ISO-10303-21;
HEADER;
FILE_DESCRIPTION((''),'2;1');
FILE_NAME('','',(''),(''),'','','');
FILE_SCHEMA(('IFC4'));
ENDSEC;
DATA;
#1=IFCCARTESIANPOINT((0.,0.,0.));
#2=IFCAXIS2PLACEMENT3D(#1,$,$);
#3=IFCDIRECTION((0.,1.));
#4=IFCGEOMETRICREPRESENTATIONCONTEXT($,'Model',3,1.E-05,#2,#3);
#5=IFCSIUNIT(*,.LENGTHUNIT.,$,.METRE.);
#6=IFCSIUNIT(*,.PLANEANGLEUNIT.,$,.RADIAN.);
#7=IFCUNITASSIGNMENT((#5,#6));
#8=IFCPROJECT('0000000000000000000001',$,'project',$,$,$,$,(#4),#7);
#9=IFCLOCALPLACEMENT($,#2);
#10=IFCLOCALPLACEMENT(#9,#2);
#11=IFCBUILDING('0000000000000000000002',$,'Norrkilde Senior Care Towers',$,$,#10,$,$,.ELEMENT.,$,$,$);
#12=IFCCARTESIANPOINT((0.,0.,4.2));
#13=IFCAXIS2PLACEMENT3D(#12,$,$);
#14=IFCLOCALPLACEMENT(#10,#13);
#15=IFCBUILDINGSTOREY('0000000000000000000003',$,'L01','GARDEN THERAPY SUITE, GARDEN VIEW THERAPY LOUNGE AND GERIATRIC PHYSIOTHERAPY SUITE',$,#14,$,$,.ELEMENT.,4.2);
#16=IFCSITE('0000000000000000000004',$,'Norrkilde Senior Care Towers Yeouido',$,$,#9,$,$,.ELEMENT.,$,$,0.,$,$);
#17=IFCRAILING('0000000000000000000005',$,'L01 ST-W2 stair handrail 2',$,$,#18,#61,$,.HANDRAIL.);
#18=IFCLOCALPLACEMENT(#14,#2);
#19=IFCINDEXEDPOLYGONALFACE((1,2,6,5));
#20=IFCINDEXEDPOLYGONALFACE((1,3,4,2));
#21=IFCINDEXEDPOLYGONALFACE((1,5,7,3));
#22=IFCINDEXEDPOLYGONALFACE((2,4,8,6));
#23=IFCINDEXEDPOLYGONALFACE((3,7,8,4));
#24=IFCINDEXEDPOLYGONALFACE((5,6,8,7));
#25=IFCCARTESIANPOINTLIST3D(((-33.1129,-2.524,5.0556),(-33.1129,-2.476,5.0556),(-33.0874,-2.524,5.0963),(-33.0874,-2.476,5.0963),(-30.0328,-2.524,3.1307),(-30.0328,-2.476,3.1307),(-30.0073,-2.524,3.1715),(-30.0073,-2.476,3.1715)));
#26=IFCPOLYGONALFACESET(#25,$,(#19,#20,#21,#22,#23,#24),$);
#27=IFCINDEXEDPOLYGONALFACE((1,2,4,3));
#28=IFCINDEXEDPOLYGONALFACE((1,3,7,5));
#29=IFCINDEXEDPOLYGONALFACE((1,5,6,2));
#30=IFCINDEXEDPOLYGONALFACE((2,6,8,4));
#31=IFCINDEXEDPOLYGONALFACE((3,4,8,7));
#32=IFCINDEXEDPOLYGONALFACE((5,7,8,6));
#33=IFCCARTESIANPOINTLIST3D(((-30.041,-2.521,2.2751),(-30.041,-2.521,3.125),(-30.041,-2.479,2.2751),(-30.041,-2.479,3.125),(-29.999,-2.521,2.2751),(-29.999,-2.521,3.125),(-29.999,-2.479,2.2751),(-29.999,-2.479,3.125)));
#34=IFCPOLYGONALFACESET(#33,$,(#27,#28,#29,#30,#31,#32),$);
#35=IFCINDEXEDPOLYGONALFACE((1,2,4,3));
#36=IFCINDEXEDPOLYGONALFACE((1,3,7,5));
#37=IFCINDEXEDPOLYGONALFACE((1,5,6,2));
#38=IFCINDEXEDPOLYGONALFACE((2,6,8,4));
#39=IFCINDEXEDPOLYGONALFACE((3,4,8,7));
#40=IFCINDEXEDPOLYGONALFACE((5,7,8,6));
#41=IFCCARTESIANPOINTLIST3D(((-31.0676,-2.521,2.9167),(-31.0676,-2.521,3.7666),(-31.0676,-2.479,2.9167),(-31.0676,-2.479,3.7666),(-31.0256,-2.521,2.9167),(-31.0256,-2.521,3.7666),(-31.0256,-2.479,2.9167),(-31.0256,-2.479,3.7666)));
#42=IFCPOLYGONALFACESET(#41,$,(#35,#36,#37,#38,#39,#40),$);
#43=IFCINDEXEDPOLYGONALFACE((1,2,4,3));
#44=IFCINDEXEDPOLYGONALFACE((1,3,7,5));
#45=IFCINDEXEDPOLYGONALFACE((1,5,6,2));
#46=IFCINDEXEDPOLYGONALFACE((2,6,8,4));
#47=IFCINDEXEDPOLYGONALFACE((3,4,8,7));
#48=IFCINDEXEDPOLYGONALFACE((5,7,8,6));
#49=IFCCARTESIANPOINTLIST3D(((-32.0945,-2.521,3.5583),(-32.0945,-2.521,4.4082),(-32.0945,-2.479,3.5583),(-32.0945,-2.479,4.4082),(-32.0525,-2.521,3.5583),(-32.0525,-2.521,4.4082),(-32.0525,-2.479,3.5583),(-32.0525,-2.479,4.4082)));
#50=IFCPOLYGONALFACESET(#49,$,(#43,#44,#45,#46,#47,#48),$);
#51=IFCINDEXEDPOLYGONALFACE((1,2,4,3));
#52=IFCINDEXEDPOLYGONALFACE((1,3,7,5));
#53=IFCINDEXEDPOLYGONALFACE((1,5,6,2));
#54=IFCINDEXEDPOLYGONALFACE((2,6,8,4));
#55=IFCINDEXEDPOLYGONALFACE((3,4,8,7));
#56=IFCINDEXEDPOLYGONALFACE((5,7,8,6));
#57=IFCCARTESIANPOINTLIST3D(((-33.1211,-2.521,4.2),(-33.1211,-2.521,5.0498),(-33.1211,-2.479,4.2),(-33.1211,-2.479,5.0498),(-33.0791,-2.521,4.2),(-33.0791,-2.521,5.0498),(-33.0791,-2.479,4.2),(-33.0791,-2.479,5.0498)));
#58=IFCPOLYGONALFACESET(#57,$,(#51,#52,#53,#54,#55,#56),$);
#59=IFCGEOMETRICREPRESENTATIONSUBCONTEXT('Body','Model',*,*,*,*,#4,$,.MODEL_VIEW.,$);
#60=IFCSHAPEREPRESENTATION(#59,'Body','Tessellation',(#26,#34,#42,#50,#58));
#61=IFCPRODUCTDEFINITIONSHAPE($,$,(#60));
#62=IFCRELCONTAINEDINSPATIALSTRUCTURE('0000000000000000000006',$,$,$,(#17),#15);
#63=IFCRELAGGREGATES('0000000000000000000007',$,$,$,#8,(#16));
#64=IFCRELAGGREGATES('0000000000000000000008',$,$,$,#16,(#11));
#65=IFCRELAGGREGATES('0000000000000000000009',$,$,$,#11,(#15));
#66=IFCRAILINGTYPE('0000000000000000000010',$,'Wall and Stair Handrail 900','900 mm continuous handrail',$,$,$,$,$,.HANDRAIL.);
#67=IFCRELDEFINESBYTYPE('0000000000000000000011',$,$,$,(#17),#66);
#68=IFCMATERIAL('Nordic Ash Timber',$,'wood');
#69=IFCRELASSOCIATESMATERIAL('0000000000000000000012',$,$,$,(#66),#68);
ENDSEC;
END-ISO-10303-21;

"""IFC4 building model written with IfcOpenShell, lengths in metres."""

from ifc_helpers import new_model, si_unit, direction, frame, origin, origin_2d, place, context, subcontext, project, spatial, rectangle, extrude, material, type_object, element, save


model = new_model("IFC4")

# Units and contexts
model_context = context("Model", 3, precision=1e-05, world=origin(), true_north=direction((0.0, 1.0)))
body_context = subcontext(model_context, "Body", "Model", "MODEL_VIEW")
ifc_project = project(units=[si_unit("LENGTHUNIT", "METRE"), si_unit("PLANEANGLEUNIT", "RADIAN")], contexts=[model_context])

# Site, building, storey
site_placement = place(None, origin())
site = spatial("IfcSite", under=ifc_project, at=site_placement, Name="Norrkilde Senior Care Towers Yeouido", CompositionType="ELEMENT", RefElevation=0.0)
building_placement = place(site_placement, origin())
building = spatial("IfcBuilding", under=site, at=building_placement, Name="Norrkilde Senior Care Towers", CompositionType="ELEMENT")
storey_placement = place(building_placement, frame((0.0, 0.0, 4.2)))
storey = spatial("IfcBuildingStorey", under=building, at=storey_placement, Name="L01", Description="GARDEN THERAPY SUITE, GARDEN VIEW THERAPY LOUNGE AND GERIATRIC PHYSIOTHERAPY SUITE", CompositionType="ELEMENT", Elevation=4.2)

# Railing
ifc_material_1 = material(Name="Nordic Ash Timber", Category="wood")
railing_type_1 = type_object("IfcRailingType", Name="Wall and Stair Handrail 900", Description="900 mm continuous handrail", PredefinedType="HANDRAIL", material=ifc_material_1)
railing_1_placement = place(storey_placement, frame((-30.02, -2.5, 2.2751)))
element("IfcRailing", 1, at=railing_1_placement, inside=storey, type_object=railing_type_1, Name="L01 ST-W2 stair handrail 2", PredefinedType="HANDRAIL", context=body_context, shape_type="SweptSolid", body=[
    extrude(rectangle(XDim=0.0481, YDim=0.0481, at=origin_2d()), frame((0.0, 0.0, 0.876), z_axis=(-0.848029, 0.0, 0.529951), x_axis=(0.0, -1.0, 0.0)), (0.0, 0.0, 1.0), 3.6321),
    extrude(rectangle(XDim=0.042, YDim=0.042, at=origin_2d()), origin(), (0.0, 0.0, 1.0), 0.8499),
    extrude(rectangle(XDim=0.042, YDim=0.042, at=origin_2d()), frame((-1.0266, 0.0, 0.6416)), (0.0, 0.0, 1.0), 0.8499),
    extrude(rectangle(XDim=0.042, YDim=0.042, at=origin_2d()), frame((-2.0535, 0.0, 1.2832)), (0.0, 0.0, 1.0), 0.8499),
    extrude(rectangle(XDim=0.042, YDim=0.042, at=origin_2d()), frame((-3.0801, 0.0, 1.9248)), (0.0, 0.0, 1.0), 0.8499),
])

save(model, "model.ifc")
